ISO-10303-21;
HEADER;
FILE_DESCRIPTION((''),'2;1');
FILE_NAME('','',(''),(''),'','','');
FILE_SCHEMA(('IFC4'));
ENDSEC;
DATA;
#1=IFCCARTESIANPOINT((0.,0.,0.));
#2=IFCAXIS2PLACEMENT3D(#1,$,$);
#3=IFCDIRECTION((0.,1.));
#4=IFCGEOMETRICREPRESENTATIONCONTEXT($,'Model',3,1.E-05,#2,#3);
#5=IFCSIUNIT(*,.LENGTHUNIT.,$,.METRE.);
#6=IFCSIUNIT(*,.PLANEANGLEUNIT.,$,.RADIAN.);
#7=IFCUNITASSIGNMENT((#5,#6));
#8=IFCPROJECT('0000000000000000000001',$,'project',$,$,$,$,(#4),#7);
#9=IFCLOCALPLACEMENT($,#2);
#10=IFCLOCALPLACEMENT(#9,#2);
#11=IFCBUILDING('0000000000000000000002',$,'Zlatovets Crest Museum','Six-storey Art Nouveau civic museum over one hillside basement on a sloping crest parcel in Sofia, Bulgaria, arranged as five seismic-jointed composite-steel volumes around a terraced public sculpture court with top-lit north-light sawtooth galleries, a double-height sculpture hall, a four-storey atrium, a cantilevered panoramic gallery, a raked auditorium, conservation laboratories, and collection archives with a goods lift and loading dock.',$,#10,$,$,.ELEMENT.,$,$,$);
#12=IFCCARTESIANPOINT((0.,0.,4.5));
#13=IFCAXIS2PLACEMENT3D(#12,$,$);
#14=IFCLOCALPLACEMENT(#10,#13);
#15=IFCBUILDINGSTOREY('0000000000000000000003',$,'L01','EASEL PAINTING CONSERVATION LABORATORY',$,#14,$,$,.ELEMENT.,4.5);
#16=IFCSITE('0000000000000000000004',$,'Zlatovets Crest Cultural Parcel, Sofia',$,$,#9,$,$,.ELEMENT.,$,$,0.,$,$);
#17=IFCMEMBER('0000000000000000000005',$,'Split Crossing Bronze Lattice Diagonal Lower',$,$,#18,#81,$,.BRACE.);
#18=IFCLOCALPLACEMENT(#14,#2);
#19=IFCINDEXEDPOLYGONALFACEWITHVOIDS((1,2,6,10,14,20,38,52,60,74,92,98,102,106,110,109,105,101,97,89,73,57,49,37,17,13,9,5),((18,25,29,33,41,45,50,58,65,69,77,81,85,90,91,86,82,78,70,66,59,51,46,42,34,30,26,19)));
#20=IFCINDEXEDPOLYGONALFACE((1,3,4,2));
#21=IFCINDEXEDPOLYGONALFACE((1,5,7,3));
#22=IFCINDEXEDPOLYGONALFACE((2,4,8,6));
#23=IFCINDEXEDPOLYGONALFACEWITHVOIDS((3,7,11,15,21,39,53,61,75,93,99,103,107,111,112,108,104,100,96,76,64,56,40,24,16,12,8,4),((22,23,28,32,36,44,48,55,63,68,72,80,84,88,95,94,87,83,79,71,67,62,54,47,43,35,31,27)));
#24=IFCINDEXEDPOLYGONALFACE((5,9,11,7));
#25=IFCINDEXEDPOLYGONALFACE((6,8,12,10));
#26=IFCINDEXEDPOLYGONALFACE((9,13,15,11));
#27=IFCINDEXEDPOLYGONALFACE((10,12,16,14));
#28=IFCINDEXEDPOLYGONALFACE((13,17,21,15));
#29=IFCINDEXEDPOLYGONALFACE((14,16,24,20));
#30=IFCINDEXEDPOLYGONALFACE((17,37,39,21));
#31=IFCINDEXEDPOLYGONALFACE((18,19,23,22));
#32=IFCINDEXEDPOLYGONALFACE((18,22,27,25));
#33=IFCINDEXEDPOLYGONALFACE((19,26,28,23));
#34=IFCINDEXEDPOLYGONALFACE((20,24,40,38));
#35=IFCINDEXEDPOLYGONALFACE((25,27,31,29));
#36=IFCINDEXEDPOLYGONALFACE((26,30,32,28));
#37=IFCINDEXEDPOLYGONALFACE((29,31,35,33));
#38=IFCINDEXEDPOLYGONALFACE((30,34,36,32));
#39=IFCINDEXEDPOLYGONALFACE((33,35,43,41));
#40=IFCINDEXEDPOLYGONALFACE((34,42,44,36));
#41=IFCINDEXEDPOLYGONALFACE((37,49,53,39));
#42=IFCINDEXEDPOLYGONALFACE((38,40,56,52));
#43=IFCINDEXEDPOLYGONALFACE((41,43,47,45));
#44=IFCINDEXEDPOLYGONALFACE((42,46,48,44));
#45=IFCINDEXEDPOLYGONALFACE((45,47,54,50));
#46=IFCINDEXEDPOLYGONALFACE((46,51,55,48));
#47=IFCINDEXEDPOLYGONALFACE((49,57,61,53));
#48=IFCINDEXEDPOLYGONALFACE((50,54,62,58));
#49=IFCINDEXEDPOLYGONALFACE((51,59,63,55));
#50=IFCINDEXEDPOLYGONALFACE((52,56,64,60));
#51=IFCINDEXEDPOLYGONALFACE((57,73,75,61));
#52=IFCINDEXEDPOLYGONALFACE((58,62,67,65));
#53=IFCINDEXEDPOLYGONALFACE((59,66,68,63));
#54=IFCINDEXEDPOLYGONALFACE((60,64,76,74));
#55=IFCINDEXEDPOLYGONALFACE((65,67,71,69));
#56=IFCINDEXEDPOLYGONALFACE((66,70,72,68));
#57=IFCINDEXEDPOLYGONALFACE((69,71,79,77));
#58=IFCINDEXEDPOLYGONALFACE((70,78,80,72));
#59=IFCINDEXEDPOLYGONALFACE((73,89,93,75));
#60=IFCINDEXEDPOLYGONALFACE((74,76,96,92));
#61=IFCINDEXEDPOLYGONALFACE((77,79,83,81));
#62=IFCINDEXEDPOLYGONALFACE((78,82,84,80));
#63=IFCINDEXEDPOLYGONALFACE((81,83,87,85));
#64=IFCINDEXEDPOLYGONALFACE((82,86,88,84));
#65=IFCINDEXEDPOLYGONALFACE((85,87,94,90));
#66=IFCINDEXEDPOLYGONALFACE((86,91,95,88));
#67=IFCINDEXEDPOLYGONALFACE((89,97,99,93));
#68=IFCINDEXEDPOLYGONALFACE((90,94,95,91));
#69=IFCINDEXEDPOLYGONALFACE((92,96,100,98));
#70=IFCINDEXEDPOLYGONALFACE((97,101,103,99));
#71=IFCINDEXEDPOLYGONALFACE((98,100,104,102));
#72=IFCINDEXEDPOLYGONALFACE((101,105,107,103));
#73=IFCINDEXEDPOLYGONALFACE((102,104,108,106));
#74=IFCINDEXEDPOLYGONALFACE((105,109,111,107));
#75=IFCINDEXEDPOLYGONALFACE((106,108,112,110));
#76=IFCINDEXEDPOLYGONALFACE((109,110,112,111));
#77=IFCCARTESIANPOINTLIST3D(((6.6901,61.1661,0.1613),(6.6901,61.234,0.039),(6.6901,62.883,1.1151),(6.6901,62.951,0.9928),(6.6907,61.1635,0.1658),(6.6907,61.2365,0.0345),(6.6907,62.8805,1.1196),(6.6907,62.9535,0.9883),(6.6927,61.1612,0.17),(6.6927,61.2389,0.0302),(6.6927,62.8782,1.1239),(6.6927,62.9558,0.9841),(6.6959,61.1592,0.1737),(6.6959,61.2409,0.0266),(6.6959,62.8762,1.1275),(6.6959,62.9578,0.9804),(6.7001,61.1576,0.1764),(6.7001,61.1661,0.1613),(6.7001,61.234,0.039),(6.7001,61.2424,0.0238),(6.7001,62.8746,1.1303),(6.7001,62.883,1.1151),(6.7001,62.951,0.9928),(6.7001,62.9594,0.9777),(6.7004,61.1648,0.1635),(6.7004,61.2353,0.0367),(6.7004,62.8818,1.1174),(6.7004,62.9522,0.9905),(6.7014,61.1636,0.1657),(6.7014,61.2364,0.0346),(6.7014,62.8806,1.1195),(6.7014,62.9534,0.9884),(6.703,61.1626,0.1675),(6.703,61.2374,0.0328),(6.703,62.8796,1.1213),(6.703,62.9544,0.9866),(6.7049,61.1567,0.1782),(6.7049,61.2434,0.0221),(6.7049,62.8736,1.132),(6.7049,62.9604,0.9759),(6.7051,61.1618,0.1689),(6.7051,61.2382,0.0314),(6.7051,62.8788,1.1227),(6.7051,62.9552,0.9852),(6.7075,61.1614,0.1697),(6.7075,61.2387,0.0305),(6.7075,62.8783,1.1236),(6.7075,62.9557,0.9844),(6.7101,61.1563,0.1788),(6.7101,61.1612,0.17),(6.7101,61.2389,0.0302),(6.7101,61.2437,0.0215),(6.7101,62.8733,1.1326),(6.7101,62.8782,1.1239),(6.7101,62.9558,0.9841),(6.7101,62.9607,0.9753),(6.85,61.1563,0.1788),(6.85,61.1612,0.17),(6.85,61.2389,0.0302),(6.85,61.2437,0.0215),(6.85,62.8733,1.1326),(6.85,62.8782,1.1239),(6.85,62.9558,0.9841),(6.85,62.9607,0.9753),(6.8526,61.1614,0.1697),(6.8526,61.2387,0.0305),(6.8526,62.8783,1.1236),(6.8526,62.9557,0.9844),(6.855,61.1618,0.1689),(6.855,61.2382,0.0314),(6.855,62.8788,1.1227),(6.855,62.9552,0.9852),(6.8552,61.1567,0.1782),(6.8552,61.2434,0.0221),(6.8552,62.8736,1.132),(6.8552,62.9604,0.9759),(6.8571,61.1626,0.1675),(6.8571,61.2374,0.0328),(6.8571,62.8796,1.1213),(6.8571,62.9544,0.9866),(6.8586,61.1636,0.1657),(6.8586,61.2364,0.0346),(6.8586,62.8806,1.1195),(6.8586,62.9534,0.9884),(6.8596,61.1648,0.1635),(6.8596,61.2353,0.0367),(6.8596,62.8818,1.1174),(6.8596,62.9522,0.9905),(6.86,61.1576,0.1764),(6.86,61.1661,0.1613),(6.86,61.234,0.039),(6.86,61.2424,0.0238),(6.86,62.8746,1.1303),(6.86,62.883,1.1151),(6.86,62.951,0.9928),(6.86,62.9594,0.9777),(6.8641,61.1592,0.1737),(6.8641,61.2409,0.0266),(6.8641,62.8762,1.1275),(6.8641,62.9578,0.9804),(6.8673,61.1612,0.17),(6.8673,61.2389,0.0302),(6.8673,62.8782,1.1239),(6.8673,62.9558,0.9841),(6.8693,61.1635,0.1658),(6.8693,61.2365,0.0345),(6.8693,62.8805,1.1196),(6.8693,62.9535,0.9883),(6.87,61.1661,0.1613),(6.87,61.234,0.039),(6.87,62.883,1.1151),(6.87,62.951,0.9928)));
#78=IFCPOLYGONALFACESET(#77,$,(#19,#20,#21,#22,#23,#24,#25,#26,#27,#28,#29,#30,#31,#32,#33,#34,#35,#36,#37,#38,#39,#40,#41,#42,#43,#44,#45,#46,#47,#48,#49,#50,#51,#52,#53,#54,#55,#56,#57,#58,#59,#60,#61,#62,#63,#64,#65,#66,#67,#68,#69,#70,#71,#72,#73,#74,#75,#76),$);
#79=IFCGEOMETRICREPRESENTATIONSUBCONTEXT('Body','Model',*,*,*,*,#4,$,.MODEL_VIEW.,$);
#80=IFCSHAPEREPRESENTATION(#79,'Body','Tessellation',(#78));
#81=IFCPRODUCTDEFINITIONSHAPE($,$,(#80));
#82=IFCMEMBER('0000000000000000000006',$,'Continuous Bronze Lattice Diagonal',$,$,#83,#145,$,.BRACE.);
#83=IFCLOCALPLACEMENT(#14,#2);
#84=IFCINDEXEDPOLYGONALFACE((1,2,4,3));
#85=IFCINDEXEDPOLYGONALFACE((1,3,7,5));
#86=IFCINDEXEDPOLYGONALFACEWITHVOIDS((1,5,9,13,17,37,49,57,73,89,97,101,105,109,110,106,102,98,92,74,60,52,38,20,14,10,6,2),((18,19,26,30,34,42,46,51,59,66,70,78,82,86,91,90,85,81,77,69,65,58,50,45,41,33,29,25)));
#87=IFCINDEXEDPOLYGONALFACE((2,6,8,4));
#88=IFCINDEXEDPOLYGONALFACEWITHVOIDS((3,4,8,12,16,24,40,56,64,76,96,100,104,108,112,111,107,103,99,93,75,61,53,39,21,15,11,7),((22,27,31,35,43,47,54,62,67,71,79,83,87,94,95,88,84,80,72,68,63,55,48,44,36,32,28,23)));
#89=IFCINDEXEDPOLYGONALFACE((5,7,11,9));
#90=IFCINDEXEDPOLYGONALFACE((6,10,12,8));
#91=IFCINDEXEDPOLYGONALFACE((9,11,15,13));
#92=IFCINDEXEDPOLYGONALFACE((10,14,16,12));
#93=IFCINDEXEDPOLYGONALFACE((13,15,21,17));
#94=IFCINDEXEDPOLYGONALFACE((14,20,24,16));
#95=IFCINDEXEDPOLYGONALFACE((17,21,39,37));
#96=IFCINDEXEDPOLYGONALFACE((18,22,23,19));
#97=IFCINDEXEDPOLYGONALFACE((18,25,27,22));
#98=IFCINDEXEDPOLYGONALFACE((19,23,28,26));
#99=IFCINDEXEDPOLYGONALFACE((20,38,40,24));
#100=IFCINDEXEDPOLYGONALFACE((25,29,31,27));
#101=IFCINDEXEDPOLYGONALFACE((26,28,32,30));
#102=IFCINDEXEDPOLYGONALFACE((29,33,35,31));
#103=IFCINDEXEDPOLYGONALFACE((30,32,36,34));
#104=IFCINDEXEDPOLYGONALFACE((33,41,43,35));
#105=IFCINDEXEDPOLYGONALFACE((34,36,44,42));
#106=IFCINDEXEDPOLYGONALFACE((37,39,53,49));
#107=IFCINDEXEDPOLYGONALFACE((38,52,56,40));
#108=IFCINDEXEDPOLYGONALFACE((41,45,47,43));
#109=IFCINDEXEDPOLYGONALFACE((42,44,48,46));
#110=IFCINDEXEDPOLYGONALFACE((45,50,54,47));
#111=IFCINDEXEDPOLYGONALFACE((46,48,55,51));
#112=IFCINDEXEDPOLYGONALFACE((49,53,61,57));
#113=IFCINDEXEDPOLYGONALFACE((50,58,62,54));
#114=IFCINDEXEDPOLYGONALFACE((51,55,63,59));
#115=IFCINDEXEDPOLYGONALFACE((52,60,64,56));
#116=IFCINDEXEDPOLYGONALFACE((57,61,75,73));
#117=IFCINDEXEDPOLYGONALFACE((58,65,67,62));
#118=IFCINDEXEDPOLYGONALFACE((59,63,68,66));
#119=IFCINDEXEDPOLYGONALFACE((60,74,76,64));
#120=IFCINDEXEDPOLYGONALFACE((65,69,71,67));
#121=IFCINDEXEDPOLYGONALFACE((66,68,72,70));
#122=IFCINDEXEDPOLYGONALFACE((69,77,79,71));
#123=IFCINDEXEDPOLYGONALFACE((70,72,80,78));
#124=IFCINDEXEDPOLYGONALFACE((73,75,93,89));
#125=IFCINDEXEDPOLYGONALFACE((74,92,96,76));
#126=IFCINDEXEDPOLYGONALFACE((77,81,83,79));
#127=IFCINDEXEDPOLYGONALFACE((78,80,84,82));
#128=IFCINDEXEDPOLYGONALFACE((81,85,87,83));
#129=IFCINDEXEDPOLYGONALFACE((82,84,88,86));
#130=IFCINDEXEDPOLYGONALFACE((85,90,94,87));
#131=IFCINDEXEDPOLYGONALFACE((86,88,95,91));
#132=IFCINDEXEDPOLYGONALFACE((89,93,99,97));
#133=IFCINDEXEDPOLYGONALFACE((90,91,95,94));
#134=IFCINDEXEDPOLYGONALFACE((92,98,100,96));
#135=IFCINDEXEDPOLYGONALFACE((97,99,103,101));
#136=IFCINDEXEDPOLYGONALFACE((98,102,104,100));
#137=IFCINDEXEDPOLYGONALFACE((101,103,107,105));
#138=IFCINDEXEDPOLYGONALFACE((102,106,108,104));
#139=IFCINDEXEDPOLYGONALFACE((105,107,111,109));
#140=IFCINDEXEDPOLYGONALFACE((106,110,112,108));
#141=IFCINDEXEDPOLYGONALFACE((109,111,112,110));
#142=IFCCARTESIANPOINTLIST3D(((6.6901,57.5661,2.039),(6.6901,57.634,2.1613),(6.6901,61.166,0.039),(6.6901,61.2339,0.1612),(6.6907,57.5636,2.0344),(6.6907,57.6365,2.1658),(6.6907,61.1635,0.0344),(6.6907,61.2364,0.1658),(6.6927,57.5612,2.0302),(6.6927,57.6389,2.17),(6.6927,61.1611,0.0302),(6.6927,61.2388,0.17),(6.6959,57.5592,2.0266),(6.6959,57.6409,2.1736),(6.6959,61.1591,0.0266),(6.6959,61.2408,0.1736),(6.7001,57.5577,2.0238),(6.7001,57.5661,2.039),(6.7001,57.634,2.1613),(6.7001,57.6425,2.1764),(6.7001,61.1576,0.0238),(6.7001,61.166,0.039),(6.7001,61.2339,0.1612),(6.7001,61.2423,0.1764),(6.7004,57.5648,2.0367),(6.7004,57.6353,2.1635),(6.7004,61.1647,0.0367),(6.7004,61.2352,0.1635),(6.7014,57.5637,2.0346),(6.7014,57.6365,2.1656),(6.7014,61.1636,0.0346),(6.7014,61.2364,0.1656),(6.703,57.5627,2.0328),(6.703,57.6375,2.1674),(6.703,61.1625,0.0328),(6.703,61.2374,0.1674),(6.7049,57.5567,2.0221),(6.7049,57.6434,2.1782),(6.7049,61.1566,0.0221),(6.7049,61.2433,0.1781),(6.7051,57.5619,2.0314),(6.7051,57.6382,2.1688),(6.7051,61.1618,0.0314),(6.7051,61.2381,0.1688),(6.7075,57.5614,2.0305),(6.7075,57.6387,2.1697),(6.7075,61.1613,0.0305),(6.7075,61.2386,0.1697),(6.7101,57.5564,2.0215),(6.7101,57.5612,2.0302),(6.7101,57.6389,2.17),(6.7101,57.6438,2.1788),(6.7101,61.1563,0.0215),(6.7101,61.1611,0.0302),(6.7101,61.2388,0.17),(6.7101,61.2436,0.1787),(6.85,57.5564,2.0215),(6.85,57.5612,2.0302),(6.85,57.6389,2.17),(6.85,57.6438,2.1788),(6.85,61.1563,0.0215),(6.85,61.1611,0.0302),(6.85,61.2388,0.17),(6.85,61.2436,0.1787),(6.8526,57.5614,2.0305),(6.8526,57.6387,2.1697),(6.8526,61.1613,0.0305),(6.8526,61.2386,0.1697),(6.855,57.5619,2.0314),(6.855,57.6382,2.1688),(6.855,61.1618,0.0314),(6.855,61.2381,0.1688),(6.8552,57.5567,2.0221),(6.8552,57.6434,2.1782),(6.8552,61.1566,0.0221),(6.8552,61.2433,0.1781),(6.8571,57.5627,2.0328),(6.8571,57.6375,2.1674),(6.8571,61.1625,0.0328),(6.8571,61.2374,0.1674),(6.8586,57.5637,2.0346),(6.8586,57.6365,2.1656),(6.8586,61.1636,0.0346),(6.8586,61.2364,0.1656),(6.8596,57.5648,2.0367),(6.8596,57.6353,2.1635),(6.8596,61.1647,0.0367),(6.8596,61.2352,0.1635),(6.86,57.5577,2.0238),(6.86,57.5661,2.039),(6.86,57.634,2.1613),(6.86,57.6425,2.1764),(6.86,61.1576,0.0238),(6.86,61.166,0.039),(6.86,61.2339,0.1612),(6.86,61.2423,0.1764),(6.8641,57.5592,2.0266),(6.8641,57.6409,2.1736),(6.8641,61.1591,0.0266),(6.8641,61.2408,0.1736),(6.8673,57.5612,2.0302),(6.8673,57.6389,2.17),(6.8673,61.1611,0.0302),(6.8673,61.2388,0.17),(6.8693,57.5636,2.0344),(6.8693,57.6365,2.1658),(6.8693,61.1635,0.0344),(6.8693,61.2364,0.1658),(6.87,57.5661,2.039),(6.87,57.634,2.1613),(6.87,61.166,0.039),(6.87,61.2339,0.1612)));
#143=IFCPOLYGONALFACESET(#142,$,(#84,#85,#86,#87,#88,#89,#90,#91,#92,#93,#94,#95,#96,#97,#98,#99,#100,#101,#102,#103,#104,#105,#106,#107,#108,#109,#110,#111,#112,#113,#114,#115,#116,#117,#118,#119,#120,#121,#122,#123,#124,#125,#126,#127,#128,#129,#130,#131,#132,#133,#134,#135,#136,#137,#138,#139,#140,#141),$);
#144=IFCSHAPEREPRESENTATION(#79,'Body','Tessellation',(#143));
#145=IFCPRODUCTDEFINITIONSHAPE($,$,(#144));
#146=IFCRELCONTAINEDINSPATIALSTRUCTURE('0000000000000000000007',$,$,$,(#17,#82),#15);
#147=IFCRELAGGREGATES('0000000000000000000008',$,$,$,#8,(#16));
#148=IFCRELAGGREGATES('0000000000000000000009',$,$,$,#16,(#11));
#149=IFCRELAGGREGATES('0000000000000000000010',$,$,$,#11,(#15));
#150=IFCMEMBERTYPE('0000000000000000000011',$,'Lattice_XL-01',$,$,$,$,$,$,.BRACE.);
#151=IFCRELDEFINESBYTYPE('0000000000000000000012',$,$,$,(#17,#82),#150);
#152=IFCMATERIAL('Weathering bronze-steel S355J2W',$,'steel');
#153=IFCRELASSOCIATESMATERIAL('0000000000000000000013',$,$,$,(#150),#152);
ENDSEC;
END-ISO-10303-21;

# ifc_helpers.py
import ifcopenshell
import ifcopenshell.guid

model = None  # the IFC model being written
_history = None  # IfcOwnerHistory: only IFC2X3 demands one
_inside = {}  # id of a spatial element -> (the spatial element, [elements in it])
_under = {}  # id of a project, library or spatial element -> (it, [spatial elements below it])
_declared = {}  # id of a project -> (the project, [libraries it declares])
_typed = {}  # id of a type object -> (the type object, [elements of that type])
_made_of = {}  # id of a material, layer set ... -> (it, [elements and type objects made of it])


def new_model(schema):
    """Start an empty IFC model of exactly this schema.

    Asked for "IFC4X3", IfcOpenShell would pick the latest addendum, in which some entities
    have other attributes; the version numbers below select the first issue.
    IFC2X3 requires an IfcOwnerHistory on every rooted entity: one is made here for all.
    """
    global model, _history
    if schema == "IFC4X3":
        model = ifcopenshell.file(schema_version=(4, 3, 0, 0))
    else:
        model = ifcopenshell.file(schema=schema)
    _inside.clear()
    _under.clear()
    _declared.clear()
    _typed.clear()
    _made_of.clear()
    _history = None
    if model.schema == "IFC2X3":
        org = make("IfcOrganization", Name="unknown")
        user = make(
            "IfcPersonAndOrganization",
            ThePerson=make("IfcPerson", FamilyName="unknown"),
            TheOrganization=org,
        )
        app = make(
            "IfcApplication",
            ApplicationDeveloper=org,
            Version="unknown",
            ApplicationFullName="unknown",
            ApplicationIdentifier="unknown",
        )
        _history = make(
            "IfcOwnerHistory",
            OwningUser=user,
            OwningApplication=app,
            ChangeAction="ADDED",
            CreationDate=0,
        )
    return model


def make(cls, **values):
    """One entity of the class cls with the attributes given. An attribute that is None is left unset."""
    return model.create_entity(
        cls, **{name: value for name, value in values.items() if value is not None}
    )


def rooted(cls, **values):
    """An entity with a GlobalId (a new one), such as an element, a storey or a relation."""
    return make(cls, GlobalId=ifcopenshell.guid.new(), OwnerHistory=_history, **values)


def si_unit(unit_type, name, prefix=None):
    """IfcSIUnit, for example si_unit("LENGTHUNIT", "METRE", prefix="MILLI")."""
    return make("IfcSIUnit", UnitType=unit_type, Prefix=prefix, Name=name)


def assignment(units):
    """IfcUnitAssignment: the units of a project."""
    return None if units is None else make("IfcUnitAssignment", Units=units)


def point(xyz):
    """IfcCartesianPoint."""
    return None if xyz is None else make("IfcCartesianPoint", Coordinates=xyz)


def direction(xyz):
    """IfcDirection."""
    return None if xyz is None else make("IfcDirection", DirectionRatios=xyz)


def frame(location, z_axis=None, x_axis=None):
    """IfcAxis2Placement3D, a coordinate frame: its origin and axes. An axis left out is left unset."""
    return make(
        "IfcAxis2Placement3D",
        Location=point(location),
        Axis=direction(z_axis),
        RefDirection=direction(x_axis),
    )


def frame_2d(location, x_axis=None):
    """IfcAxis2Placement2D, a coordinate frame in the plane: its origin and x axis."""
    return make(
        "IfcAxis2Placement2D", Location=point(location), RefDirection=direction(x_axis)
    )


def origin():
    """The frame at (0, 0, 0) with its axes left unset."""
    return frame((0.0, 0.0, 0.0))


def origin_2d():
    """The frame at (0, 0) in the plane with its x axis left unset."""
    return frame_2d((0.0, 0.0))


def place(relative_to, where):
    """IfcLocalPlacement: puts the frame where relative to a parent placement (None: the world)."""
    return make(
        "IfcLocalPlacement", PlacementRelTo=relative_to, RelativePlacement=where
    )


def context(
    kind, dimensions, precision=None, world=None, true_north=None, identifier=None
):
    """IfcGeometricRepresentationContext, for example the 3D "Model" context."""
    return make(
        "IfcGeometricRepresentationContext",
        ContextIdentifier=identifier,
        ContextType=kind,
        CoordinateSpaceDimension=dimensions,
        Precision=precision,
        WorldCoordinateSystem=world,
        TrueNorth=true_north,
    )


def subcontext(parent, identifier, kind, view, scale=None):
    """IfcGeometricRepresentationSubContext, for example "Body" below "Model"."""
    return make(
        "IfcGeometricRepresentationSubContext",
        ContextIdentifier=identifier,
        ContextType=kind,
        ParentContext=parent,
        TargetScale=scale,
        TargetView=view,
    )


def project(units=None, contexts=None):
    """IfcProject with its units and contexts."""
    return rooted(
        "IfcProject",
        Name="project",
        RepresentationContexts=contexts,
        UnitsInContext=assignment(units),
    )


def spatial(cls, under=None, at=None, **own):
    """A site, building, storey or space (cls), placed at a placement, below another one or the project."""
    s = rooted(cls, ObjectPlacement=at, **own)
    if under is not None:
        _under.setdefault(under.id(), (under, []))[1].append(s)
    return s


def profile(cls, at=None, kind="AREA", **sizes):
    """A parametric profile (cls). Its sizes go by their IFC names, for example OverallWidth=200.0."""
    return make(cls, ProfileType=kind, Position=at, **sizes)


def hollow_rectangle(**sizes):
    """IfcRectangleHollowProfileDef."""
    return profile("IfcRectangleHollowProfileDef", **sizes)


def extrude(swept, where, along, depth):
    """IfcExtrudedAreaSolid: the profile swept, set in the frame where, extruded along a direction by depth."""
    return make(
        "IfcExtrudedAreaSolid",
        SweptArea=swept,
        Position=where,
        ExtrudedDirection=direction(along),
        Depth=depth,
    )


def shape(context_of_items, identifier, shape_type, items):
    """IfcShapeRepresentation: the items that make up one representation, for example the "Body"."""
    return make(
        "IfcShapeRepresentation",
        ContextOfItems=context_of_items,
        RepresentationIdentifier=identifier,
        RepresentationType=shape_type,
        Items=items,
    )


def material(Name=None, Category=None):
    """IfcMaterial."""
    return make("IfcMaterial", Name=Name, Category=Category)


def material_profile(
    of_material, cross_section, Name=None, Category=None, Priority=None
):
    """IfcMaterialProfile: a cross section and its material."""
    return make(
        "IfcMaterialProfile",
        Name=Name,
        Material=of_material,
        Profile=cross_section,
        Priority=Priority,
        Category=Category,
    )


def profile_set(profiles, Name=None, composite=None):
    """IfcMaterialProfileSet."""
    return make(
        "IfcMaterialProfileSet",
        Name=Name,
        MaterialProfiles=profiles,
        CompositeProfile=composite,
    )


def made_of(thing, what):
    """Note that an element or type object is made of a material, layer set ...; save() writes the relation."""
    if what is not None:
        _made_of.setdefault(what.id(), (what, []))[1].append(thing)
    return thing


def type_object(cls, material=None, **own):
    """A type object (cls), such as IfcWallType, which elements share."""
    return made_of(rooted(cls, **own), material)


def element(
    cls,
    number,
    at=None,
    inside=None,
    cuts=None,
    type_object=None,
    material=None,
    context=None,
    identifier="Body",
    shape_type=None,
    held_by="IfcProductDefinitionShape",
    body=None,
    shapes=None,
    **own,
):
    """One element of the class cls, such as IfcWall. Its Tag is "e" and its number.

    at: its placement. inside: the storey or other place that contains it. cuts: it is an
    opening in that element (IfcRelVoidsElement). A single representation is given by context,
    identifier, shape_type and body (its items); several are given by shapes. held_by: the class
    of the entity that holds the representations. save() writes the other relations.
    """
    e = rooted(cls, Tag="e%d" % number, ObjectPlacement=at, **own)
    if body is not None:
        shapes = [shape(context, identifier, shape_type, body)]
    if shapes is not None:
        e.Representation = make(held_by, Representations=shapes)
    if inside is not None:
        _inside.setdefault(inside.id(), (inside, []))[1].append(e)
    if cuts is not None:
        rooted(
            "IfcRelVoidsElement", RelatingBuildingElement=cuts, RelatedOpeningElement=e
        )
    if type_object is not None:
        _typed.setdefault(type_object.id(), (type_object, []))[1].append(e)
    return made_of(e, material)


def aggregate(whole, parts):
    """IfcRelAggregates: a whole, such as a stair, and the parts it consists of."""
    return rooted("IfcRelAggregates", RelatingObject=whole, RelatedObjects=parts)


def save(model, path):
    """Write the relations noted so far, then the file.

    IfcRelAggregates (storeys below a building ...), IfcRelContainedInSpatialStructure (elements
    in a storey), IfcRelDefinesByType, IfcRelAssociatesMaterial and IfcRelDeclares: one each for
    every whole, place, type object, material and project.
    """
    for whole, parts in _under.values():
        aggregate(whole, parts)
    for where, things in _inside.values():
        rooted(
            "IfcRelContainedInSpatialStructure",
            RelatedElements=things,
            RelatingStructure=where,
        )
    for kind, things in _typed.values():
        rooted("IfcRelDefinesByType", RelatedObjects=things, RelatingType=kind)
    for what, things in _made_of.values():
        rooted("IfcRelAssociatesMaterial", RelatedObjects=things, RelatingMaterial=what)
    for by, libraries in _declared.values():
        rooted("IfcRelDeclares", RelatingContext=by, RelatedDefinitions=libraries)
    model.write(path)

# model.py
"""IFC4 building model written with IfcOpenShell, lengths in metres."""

from ifc_helpers import new_model, si_unit, direction, frame, origin, origin_2d, place, context, subcontext, project, spatial, hollow_rectangle, extrude, material, material_profile, profile_set, type_object, element, save


model = new_model("IFC4")

# Units and contexts
model_context = context("Model", 3, precision=1e-05, world=origin(), true_north=direction((0.0, 1.0)))
body_context = subcontext(model_context, "Body", "Model", "MODEL_VIEW")
ifc_project = project(units=[si_unit("LENGTHUNIT", "METRE"), si_unit("PLANEANGLEUNIT", "RADIAN")], contexts=[model_context])

# Site, building, storey
site_placement = place(None, origin())
site = spatial("IfcSite", under=ifc_project, at=site_placement, Name="Zlatovets Crest Cultural Parcel, Sofia", CompositionType="ELEMENT", RefElevation=0.0)
building_placement = place(site_placement, origin())
building = spatial("IfcBuilding", under=site, at=building_placement, Name="Zlatovets Crest Museum", Description="Six-storey Art Nouveau civic museum over one hillside basement on a sloping crest parcel in Sofia, Bulgaria, arranged as five seismic-jointed composite-steel volumes around a terraced public sculpture court with top-lit north-light sawtooth galleries, a double-height sculpture hall, a four-storey atrium, a cantilevered panoramic gallery, a raked auditorium, conservation laboratories, and collection archives with a goods lift and loading dock.", CompositionType="ELEMENT")
storey_placement = place(building_placement, frame((0.0, 0.0, 4.5)))
storey = spatial("IfcBuildingStorey", under=building, at=storey_placement, Name="L01", Description="EASEL PAINTING CONSERVATION LABORATORY", CompositionType="ELEMENT", Elevation=4.5)

# Members
ifc_material_1 = material(Name="Weathering bronze-steel S355J2W", Category="steel")
ifc_material_profile_1 = material_profile(ifc_material_1, hollow_rectangle(XDim=0.1799, YDim=0.1799, WallThickness=0.01, InnerFilletRadius=0.01, OuterFilletRadius=0.02, at=origin_2d()), Name="SHS 180x180x10.0")
ifc_profile_set_1 = profile_set([ifc_material_profile_1], Name="Weathering bronze-steel S355J2W")
member_type_1 = type_object("IfcMemberType", Name="Lattice_XL-01", PredefinedType="BRACE", material=ifc_profile_set_1)
member_1_placement = place(storey_placement, frame((6.78, 62.917, 1.054), z_axis=(0.0, -0.874169, -0.485622), x_axis=(1.0, 0.0, 0.0)))
element("IfcMember", 1, at=member_1_placement, inside=storey, type_object=member_type_1, Name="Split Crossing Bronze Lattice Diagonal Lower", PredefinedType="BRACE", context=body_context, shape_type="SweptSolid", body=[
    extrude(hollow_rectangle(XDim=0.1799, YDim=0.1799, WallThickness=0.01, InnerFilletRadius=0.01, OuterFilletRadius=0.02, at=origin_2d()), origin(), (0.0, 0.0, 1.0), 1.9641),
])
member_2_placement = place(storey_placement, frame((6.78, 61.2, 0.1001), z_axis=(0.0, -0.874149, 0.485658), x_axis=(1.0, 0.0, 0.0)))
element("IfcMember", 2, at=member_2_placement, inside=storey, type_object=member_type_1, Name="Continuous Bronze Lattice Diagonal", PredefinedType="BRACE", context=body_context, shape_type="SweptSolid", body=[
    extrude(hollow_rectangle(XDim=0.1799, YDim=0.1799, WallThickness=0.01, InnerFilletRadius=0.01, OuterFilletRadius=0.02, at=origin_2d()), origin(), (0.0, 0.0, 1.0), 4.1182),
])

save(model, "model.ifc")
